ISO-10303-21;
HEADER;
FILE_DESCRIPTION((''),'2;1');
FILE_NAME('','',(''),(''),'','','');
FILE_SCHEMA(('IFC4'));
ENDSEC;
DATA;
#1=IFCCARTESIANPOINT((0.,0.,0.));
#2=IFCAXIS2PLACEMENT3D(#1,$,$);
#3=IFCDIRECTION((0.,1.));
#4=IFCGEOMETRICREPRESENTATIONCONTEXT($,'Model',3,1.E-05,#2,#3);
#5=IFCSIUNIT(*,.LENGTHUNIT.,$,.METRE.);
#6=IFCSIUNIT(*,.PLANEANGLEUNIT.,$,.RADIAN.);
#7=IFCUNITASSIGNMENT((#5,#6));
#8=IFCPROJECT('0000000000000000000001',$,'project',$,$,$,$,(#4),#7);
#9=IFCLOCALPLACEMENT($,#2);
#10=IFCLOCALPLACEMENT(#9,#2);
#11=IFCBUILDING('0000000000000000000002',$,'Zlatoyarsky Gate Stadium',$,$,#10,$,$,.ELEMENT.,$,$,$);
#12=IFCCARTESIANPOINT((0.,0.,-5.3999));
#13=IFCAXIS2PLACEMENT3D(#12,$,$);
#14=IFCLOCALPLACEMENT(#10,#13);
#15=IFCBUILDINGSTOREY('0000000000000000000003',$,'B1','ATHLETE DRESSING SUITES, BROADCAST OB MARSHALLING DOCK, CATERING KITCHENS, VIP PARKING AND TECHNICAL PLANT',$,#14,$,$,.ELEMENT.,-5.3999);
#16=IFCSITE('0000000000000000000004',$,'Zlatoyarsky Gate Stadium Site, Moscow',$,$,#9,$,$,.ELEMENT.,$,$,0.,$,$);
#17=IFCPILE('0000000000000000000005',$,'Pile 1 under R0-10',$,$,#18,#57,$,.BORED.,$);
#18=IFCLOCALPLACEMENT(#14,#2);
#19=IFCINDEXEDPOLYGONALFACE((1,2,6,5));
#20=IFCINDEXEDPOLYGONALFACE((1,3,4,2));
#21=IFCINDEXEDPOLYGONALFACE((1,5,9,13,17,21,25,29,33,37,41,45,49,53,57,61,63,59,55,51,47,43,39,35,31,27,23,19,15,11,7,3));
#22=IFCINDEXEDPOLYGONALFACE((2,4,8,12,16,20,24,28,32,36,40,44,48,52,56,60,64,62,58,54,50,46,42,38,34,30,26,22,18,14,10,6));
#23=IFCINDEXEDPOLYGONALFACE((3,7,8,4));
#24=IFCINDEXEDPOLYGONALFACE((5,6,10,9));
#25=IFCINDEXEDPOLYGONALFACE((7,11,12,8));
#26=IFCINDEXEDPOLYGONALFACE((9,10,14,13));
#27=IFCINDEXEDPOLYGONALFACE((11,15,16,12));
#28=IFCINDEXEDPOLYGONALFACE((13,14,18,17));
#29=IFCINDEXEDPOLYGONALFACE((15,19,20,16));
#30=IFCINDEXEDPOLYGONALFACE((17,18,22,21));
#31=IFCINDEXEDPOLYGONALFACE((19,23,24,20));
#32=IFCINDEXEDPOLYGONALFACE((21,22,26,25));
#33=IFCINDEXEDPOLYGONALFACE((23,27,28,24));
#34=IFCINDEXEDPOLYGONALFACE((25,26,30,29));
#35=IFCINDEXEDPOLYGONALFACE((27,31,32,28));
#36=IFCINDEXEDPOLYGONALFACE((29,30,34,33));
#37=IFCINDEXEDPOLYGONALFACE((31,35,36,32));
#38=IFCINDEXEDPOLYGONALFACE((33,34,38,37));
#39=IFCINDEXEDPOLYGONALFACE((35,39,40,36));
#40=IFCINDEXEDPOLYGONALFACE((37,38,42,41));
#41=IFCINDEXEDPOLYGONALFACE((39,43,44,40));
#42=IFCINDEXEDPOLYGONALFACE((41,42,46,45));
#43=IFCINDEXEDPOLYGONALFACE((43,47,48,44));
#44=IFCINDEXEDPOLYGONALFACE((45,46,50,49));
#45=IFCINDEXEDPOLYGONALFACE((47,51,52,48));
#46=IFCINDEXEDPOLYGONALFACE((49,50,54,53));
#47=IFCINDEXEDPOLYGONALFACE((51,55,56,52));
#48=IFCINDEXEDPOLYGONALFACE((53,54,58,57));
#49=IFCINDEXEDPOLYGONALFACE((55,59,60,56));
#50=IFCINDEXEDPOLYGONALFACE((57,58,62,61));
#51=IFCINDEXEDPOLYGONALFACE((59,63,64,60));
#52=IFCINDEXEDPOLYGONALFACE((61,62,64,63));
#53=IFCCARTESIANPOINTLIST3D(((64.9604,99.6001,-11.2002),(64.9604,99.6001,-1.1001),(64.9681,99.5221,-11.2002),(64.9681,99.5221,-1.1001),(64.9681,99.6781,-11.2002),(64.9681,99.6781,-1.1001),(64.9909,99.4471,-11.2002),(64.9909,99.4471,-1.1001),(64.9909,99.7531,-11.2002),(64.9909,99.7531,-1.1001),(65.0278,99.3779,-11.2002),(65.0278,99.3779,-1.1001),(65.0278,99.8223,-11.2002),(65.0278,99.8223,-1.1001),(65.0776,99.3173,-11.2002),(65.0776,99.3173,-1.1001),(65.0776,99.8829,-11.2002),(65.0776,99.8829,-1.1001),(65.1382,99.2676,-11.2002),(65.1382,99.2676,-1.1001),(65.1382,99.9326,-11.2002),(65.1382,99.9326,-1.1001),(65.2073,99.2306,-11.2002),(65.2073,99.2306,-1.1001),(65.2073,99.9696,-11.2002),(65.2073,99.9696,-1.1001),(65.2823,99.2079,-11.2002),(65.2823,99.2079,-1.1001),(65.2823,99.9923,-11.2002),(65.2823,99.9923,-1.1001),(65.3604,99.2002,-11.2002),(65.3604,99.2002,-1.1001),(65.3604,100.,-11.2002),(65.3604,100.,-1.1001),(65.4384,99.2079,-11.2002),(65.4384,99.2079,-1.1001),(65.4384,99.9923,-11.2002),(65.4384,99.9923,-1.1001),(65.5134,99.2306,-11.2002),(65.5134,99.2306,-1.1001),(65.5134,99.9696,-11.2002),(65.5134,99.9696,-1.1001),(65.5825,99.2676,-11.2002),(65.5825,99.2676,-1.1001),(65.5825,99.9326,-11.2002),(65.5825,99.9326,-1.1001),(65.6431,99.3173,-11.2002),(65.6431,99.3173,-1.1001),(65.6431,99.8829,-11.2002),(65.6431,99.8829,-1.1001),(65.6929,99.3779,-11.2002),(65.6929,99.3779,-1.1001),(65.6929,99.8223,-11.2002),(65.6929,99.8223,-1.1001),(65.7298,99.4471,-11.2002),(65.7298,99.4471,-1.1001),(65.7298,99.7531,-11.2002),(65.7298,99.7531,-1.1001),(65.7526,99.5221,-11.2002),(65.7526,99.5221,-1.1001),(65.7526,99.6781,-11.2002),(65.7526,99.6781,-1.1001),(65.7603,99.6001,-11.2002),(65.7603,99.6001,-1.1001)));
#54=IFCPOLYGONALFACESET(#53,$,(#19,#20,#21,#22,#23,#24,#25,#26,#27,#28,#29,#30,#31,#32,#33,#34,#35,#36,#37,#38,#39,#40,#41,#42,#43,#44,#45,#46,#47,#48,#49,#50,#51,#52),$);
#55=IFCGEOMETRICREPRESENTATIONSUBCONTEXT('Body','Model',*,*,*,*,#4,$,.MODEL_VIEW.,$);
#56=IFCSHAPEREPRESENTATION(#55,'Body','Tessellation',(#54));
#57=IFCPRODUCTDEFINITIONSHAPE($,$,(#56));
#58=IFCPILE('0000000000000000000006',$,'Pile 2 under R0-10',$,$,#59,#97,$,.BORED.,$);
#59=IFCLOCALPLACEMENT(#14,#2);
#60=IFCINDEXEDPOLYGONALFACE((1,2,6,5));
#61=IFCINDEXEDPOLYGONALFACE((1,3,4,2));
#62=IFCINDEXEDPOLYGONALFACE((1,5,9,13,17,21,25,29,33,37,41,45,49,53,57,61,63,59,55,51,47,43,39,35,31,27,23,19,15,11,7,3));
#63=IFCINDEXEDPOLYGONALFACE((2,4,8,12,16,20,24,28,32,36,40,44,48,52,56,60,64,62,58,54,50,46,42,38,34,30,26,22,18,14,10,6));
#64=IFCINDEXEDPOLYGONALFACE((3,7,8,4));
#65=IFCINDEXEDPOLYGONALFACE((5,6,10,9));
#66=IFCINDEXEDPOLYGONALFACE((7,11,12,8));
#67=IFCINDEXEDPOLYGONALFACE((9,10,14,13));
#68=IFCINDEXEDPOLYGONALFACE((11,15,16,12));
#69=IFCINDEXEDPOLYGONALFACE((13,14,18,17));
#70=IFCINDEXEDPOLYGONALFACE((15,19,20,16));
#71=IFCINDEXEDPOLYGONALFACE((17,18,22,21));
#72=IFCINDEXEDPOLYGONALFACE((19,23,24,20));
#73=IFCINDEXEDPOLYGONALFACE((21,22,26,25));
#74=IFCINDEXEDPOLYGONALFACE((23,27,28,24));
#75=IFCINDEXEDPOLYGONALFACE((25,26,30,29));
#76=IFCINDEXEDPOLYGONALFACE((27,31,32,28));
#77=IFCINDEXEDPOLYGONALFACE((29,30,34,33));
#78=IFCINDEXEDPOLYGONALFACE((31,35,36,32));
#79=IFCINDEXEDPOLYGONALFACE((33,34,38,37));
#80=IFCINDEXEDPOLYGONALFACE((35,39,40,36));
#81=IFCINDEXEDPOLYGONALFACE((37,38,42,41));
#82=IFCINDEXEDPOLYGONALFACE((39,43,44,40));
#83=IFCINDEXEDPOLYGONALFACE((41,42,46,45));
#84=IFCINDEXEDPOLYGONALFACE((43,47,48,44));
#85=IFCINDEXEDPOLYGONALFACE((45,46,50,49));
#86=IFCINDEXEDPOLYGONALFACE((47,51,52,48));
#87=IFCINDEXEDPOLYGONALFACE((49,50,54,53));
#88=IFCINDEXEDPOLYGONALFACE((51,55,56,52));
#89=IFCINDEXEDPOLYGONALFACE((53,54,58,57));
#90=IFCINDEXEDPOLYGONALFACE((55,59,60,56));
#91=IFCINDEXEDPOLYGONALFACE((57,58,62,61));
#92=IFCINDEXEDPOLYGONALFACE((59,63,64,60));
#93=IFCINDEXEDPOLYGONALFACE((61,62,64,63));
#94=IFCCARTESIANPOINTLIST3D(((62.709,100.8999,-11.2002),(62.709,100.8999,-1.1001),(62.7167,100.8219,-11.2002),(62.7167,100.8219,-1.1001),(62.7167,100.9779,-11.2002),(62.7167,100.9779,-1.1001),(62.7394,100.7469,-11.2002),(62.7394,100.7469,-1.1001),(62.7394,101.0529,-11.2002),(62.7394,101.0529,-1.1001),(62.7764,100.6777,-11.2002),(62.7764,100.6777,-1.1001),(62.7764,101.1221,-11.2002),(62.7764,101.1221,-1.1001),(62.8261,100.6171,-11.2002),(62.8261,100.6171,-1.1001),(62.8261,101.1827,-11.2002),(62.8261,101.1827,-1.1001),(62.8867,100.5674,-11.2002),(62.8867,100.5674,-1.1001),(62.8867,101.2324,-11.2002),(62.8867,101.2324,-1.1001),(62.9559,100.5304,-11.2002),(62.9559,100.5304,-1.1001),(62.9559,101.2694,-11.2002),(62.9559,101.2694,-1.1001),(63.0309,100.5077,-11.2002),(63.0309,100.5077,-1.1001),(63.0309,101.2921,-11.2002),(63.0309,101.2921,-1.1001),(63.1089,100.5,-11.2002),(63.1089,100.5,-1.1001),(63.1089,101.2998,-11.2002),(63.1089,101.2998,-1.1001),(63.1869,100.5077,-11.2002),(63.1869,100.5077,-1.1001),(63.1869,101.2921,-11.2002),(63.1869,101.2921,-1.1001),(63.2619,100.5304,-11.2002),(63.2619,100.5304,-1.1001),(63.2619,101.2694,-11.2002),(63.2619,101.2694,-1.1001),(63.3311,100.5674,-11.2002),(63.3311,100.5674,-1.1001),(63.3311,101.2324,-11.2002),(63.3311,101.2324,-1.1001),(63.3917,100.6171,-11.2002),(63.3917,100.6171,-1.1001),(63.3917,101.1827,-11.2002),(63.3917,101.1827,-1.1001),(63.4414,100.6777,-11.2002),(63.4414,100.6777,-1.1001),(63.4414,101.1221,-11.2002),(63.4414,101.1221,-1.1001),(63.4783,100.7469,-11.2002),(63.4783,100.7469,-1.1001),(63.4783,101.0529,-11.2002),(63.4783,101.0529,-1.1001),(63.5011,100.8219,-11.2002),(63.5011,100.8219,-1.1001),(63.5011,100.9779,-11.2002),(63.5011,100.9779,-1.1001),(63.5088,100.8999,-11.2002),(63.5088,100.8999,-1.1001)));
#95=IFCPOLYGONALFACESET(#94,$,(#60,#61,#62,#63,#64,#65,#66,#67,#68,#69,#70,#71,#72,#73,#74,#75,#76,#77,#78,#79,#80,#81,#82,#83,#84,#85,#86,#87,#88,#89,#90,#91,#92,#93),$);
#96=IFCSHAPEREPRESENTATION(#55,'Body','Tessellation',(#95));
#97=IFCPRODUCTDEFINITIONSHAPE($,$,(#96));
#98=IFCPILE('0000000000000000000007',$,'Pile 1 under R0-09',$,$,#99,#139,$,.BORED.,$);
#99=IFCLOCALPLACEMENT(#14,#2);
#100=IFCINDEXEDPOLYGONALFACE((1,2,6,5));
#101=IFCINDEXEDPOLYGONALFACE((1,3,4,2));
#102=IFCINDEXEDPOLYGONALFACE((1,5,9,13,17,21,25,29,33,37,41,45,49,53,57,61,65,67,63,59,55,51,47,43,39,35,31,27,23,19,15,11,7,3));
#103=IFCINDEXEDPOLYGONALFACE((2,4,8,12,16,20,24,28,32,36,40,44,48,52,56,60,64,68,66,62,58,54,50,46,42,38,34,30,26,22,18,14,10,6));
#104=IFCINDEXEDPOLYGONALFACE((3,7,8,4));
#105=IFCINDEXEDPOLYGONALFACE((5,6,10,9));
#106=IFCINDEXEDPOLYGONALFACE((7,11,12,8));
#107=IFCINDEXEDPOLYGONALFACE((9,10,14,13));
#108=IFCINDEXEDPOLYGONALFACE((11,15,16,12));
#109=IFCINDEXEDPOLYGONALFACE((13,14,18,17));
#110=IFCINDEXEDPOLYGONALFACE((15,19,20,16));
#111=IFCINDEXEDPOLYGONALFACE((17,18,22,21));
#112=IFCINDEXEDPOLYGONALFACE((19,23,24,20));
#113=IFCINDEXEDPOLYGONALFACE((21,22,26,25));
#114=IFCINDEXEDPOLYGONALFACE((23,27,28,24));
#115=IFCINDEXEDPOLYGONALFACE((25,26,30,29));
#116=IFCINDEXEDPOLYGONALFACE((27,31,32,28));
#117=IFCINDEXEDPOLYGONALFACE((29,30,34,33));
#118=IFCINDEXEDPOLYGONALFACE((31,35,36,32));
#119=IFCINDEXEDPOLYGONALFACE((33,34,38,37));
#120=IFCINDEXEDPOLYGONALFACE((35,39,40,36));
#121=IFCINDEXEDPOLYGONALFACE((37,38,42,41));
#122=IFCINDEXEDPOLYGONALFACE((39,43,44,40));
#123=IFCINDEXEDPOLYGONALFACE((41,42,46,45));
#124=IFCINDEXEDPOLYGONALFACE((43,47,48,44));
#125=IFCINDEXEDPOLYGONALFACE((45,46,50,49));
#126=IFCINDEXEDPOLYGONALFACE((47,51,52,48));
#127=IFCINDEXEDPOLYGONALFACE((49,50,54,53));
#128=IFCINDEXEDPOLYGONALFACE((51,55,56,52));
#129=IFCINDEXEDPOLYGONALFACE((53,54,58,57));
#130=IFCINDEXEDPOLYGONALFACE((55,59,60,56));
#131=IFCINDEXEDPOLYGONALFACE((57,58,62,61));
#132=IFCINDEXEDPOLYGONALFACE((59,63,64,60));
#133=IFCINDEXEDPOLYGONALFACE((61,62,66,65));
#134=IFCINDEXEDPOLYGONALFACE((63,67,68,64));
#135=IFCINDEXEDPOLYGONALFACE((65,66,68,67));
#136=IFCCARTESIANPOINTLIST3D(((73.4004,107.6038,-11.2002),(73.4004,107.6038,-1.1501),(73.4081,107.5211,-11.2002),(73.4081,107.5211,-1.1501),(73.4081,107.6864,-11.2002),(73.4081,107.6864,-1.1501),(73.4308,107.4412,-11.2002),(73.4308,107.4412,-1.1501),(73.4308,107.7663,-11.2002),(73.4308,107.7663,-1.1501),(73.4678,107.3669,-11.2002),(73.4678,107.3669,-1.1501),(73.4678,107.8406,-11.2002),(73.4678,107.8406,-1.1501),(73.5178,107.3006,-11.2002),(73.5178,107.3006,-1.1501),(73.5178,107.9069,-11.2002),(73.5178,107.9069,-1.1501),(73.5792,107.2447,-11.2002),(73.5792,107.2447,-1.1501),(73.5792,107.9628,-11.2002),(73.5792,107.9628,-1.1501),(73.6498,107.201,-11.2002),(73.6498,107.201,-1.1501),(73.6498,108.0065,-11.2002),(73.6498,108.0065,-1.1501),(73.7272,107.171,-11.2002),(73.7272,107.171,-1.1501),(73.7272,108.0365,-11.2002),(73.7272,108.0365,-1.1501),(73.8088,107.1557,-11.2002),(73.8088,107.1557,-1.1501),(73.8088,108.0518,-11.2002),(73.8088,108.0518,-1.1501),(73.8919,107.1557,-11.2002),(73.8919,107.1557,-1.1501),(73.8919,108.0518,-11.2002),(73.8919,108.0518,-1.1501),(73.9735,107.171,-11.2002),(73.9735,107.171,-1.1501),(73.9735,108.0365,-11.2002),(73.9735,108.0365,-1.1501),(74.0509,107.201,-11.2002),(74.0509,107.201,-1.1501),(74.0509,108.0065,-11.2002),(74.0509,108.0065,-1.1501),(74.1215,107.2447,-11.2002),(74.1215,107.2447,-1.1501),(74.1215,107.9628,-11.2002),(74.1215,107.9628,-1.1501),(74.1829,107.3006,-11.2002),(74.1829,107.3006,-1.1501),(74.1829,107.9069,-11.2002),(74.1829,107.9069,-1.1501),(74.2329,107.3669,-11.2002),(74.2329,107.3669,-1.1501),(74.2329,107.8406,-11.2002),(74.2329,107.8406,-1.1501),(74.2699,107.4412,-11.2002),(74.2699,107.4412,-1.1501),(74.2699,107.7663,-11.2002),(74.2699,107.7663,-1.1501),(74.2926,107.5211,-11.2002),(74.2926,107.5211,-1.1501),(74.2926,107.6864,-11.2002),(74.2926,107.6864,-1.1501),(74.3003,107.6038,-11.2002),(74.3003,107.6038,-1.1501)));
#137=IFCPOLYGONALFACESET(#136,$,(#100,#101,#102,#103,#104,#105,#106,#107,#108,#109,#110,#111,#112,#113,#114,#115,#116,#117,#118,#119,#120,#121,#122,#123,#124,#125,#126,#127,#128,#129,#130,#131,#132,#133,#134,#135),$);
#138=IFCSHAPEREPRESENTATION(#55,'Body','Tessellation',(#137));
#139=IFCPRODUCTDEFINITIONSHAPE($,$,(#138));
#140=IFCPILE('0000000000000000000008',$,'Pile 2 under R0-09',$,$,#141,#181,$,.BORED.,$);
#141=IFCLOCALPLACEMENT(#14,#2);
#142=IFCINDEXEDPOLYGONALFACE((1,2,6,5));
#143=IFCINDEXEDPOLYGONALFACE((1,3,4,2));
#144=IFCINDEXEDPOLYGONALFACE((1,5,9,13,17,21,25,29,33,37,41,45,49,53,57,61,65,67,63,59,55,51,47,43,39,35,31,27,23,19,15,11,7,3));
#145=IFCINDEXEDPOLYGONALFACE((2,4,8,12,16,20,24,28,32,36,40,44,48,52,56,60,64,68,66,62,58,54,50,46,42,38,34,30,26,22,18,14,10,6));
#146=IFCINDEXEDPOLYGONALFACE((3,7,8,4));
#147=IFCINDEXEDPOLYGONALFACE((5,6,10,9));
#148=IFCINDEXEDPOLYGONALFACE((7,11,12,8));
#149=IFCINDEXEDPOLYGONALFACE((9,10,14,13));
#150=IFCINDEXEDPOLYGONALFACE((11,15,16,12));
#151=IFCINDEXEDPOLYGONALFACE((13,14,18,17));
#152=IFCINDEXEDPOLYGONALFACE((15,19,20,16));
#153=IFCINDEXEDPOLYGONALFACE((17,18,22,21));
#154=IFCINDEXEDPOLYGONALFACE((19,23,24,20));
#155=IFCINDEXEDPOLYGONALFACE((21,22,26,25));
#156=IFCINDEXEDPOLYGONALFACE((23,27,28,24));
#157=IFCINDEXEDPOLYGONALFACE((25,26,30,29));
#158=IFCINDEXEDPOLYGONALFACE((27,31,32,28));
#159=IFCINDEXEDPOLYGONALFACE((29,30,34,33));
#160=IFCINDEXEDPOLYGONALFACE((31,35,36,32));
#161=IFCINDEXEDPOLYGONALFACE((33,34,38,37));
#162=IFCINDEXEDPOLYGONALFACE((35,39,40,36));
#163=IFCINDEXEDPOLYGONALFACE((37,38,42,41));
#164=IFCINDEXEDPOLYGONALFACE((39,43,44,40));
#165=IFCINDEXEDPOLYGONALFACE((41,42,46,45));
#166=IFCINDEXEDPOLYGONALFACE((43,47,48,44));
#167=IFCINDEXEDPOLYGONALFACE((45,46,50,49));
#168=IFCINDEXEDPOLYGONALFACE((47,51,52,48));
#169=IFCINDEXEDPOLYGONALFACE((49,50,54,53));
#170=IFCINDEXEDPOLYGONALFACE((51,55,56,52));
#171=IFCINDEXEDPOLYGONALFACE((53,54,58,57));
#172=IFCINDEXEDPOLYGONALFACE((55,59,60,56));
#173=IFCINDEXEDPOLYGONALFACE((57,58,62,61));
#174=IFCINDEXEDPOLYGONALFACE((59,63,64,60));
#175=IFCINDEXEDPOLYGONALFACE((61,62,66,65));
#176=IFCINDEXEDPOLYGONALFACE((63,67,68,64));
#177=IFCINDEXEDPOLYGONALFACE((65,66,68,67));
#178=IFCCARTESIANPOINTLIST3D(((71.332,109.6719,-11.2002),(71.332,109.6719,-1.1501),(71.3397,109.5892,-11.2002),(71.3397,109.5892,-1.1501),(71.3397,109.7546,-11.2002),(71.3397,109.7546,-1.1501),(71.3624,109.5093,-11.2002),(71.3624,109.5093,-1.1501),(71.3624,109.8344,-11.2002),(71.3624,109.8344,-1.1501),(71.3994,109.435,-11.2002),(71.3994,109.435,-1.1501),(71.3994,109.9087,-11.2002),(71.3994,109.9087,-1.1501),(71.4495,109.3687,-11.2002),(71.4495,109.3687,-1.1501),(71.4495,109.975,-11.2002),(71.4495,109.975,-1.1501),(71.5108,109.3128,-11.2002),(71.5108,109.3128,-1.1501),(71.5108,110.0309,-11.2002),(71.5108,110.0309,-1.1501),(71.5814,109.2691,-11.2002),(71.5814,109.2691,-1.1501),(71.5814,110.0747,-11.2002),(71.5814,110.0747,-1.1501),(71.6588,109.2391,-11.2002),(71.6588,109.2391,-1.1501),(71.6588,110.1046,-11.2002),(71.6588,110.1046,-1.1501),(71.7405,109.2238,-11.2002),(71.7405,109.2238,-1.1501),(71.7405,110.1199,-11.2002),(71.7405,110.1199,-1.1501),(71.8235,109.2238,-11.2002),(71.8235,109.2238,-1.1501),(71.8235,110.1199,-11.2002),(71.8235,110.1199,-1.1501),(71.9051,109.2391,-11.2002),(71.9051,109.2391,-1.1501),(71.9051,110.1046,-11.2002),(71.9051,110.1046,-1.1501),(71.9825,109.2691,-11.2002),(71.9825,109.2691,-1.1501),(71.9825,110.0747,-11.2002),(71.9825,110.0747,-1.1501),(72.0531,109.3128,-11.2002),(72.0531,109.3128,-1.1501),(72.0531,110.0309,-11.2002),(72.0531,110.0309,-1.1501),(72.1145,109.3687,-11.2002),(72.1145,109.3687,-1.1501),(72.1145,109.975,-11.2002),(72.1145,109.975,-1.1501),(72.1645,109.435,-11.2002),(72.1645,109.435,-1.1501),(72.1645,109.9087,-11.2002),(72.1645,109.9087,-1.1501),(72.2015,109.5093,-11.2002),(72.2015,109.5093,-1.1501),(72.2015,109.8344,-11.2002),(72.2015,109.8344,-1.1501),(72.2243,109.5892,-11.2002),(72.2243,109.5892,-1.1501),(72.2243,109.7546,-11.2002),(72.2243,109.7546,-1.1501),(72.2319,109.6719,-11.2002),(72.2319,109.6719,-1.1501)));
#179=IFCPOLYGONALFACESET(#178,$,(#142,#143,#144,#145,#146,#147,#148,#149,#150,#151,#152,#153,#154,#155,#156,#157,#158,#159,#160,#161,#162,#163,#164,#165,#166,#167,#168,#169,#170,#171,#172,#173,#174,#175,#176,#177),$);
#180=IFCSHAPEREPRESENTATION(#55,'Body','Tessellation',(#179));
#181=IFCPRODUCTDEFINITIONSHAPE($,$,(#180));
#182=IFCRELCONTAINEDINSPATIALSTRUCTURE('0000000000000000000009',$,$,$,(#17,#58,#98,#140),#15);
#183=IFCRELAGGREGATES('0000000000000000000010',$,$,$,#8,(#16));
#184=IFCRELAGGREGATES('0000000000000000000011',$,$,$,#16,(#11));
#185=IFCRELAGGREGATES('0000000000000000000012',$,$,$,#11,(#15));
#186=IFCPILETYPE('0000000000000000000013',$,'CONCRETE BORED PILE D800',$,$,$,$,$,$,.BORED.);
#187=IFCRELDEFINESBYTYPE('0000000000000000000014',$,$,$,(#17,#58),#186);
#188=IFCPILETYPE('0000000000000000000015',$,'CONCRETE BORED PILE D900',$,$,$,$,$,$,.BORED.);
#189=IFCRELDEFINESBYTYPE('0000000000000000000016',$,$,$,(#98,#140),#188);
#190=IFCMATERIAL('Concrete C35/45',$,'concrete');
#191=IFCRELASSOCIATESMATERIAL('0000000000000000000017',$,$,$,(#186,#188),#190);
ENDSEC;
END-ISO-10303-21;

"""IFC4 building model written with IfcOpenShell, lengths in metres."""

from ifc_helpers import new_model, si_unit, direction, frame, origin, origin_2d, place, context, subcontext, project, spatial, circle, extrude, material, material_profile, profile_set, type_object, element, save


model = new_model("IFC4")

# Units and contexts
model_context = context("Model", 3, precision=1e-05, world=origin(), true_north=direction((0.0, 1.0)))
body_context = subcontext(model_context, "Body", "Model", "MODEL_VIEW")
ifc_project = project(units=[si_unit("LENGTHUNIT", "METRE"), si_unit("PLANEANGLEUNIT", "RADIAN")], contexts=[model_context])

# Site, building, storey
site_placement = place(None, origin())
site = spatial("IfcSite", under=ifc_project, at=site_placement, Name="Zlatoyarsky Gate Stadium Site, Moscow", CompositionType="ELEMENT", RefElevation=0.0)
building_placement = place(site_placement, origin())
building = spatial("IfcBuilding", under=site, at=building_placement, Name="Zlatoyarsky Gate Stadium", CompositionType="ELEMENT")
storey_placement = place(building_placement, frame((0.0, 0.0, -5.3999)))
storey = spatial("IfcBuildingStorey", under=building, at=storey_placement, Name="B1", Description="ATHLETE DRESSING SUITES, BROADCAST OB MARSHALLING DOCK, CATERING KITCHENS, VIP PARKING AND TECHNICAL PLANT", CompositionType="ELEMENT", Elevation=-5.3999)

# Piles
ifc_material_1 = material(Name="Concrete C35/45", Category="concrete")
ifc_material_profile_1 = material_profile(ifc_material_1, circle(Radius=0.3999, at=origin_2d()), Name="BORED PILE D800")
ifc_profile_set_1 = profile_set([ifc_material_profile_1], Name="Concrete C35/45")
pile_type_1 = type_object("IfcPileType", Name="CONCRETE BORED PILE D800", PredefinedType="BORED", material=ifc_profile_set_1)
for number, where, z_axis, x_axis, name in (
    (1, (65.3604, 99.6001, -1.1001), (0.0, 0.0, -1.0), (1.0, 0.0, 0.0), "Pile 1 under R0-10"),
    (2, (63.1089, 100.8999, -1.1001), (0.0, 0.0, -1.0), (1.0, 0.0, 0.0), "Pile 2 under R0-10"),
):
    element("IfcPile", number, at=place(storey_placement, frame(where, z_axis=z_axis, x_axis=x_axis)), inside=storey, type_object=pile_type_1, Name=name, PredefinedType="BORED", context=body_context, shape_type="SweptSolid", body=[
        extrude(circle(Radius=0.3999, at=origin_2d()), origin(), (0.0, 0.0, 1.0), 10.1001),
    ])
ifc_material_profile_2 = material_profile(ifc_material_1, circle(Radius=0.45, at=origin_2d()), Name="BORED PILE D900")
ifc_profile_set_2 = profile_set([ifc_material_profile_2], Name="Concrete C35/45")
pile_type_2 = type_object("IfcPileType", Name="CONCRETE BORED PILE D900", PredefinedType="BORED", material=ifc_profile_set_2)
for number, where, z_axis, x_axis, name in (
    (3, (73.8503, 107.6038, -1.1501), (0.0, 0.0, -1.0), (1.0, 0.0, 0.0), "Pile 1 under R0-09"),
    (4, (71.782, 109.6719, -1.1501), (0.0, 0.0, -1.0), (1.0, 0.0, 0.0), "Pile 2 under R0-09"),
):
    element("IfcPile", number, at=place(storey_placement, frame(where, z_axis=z_axis, x_axis=x_axis)), inside=storey, type_object=pile_type_2, Name=name, PredefinedType="BORED", context=body_context, shape_type="SweptSolid", body=[
        extrude(circle(Radius=0.45, at=origin_2d()), origin(), (0.0, 0.0, 1.0), 10.05),
    ])

save(model, "model.ifc")
